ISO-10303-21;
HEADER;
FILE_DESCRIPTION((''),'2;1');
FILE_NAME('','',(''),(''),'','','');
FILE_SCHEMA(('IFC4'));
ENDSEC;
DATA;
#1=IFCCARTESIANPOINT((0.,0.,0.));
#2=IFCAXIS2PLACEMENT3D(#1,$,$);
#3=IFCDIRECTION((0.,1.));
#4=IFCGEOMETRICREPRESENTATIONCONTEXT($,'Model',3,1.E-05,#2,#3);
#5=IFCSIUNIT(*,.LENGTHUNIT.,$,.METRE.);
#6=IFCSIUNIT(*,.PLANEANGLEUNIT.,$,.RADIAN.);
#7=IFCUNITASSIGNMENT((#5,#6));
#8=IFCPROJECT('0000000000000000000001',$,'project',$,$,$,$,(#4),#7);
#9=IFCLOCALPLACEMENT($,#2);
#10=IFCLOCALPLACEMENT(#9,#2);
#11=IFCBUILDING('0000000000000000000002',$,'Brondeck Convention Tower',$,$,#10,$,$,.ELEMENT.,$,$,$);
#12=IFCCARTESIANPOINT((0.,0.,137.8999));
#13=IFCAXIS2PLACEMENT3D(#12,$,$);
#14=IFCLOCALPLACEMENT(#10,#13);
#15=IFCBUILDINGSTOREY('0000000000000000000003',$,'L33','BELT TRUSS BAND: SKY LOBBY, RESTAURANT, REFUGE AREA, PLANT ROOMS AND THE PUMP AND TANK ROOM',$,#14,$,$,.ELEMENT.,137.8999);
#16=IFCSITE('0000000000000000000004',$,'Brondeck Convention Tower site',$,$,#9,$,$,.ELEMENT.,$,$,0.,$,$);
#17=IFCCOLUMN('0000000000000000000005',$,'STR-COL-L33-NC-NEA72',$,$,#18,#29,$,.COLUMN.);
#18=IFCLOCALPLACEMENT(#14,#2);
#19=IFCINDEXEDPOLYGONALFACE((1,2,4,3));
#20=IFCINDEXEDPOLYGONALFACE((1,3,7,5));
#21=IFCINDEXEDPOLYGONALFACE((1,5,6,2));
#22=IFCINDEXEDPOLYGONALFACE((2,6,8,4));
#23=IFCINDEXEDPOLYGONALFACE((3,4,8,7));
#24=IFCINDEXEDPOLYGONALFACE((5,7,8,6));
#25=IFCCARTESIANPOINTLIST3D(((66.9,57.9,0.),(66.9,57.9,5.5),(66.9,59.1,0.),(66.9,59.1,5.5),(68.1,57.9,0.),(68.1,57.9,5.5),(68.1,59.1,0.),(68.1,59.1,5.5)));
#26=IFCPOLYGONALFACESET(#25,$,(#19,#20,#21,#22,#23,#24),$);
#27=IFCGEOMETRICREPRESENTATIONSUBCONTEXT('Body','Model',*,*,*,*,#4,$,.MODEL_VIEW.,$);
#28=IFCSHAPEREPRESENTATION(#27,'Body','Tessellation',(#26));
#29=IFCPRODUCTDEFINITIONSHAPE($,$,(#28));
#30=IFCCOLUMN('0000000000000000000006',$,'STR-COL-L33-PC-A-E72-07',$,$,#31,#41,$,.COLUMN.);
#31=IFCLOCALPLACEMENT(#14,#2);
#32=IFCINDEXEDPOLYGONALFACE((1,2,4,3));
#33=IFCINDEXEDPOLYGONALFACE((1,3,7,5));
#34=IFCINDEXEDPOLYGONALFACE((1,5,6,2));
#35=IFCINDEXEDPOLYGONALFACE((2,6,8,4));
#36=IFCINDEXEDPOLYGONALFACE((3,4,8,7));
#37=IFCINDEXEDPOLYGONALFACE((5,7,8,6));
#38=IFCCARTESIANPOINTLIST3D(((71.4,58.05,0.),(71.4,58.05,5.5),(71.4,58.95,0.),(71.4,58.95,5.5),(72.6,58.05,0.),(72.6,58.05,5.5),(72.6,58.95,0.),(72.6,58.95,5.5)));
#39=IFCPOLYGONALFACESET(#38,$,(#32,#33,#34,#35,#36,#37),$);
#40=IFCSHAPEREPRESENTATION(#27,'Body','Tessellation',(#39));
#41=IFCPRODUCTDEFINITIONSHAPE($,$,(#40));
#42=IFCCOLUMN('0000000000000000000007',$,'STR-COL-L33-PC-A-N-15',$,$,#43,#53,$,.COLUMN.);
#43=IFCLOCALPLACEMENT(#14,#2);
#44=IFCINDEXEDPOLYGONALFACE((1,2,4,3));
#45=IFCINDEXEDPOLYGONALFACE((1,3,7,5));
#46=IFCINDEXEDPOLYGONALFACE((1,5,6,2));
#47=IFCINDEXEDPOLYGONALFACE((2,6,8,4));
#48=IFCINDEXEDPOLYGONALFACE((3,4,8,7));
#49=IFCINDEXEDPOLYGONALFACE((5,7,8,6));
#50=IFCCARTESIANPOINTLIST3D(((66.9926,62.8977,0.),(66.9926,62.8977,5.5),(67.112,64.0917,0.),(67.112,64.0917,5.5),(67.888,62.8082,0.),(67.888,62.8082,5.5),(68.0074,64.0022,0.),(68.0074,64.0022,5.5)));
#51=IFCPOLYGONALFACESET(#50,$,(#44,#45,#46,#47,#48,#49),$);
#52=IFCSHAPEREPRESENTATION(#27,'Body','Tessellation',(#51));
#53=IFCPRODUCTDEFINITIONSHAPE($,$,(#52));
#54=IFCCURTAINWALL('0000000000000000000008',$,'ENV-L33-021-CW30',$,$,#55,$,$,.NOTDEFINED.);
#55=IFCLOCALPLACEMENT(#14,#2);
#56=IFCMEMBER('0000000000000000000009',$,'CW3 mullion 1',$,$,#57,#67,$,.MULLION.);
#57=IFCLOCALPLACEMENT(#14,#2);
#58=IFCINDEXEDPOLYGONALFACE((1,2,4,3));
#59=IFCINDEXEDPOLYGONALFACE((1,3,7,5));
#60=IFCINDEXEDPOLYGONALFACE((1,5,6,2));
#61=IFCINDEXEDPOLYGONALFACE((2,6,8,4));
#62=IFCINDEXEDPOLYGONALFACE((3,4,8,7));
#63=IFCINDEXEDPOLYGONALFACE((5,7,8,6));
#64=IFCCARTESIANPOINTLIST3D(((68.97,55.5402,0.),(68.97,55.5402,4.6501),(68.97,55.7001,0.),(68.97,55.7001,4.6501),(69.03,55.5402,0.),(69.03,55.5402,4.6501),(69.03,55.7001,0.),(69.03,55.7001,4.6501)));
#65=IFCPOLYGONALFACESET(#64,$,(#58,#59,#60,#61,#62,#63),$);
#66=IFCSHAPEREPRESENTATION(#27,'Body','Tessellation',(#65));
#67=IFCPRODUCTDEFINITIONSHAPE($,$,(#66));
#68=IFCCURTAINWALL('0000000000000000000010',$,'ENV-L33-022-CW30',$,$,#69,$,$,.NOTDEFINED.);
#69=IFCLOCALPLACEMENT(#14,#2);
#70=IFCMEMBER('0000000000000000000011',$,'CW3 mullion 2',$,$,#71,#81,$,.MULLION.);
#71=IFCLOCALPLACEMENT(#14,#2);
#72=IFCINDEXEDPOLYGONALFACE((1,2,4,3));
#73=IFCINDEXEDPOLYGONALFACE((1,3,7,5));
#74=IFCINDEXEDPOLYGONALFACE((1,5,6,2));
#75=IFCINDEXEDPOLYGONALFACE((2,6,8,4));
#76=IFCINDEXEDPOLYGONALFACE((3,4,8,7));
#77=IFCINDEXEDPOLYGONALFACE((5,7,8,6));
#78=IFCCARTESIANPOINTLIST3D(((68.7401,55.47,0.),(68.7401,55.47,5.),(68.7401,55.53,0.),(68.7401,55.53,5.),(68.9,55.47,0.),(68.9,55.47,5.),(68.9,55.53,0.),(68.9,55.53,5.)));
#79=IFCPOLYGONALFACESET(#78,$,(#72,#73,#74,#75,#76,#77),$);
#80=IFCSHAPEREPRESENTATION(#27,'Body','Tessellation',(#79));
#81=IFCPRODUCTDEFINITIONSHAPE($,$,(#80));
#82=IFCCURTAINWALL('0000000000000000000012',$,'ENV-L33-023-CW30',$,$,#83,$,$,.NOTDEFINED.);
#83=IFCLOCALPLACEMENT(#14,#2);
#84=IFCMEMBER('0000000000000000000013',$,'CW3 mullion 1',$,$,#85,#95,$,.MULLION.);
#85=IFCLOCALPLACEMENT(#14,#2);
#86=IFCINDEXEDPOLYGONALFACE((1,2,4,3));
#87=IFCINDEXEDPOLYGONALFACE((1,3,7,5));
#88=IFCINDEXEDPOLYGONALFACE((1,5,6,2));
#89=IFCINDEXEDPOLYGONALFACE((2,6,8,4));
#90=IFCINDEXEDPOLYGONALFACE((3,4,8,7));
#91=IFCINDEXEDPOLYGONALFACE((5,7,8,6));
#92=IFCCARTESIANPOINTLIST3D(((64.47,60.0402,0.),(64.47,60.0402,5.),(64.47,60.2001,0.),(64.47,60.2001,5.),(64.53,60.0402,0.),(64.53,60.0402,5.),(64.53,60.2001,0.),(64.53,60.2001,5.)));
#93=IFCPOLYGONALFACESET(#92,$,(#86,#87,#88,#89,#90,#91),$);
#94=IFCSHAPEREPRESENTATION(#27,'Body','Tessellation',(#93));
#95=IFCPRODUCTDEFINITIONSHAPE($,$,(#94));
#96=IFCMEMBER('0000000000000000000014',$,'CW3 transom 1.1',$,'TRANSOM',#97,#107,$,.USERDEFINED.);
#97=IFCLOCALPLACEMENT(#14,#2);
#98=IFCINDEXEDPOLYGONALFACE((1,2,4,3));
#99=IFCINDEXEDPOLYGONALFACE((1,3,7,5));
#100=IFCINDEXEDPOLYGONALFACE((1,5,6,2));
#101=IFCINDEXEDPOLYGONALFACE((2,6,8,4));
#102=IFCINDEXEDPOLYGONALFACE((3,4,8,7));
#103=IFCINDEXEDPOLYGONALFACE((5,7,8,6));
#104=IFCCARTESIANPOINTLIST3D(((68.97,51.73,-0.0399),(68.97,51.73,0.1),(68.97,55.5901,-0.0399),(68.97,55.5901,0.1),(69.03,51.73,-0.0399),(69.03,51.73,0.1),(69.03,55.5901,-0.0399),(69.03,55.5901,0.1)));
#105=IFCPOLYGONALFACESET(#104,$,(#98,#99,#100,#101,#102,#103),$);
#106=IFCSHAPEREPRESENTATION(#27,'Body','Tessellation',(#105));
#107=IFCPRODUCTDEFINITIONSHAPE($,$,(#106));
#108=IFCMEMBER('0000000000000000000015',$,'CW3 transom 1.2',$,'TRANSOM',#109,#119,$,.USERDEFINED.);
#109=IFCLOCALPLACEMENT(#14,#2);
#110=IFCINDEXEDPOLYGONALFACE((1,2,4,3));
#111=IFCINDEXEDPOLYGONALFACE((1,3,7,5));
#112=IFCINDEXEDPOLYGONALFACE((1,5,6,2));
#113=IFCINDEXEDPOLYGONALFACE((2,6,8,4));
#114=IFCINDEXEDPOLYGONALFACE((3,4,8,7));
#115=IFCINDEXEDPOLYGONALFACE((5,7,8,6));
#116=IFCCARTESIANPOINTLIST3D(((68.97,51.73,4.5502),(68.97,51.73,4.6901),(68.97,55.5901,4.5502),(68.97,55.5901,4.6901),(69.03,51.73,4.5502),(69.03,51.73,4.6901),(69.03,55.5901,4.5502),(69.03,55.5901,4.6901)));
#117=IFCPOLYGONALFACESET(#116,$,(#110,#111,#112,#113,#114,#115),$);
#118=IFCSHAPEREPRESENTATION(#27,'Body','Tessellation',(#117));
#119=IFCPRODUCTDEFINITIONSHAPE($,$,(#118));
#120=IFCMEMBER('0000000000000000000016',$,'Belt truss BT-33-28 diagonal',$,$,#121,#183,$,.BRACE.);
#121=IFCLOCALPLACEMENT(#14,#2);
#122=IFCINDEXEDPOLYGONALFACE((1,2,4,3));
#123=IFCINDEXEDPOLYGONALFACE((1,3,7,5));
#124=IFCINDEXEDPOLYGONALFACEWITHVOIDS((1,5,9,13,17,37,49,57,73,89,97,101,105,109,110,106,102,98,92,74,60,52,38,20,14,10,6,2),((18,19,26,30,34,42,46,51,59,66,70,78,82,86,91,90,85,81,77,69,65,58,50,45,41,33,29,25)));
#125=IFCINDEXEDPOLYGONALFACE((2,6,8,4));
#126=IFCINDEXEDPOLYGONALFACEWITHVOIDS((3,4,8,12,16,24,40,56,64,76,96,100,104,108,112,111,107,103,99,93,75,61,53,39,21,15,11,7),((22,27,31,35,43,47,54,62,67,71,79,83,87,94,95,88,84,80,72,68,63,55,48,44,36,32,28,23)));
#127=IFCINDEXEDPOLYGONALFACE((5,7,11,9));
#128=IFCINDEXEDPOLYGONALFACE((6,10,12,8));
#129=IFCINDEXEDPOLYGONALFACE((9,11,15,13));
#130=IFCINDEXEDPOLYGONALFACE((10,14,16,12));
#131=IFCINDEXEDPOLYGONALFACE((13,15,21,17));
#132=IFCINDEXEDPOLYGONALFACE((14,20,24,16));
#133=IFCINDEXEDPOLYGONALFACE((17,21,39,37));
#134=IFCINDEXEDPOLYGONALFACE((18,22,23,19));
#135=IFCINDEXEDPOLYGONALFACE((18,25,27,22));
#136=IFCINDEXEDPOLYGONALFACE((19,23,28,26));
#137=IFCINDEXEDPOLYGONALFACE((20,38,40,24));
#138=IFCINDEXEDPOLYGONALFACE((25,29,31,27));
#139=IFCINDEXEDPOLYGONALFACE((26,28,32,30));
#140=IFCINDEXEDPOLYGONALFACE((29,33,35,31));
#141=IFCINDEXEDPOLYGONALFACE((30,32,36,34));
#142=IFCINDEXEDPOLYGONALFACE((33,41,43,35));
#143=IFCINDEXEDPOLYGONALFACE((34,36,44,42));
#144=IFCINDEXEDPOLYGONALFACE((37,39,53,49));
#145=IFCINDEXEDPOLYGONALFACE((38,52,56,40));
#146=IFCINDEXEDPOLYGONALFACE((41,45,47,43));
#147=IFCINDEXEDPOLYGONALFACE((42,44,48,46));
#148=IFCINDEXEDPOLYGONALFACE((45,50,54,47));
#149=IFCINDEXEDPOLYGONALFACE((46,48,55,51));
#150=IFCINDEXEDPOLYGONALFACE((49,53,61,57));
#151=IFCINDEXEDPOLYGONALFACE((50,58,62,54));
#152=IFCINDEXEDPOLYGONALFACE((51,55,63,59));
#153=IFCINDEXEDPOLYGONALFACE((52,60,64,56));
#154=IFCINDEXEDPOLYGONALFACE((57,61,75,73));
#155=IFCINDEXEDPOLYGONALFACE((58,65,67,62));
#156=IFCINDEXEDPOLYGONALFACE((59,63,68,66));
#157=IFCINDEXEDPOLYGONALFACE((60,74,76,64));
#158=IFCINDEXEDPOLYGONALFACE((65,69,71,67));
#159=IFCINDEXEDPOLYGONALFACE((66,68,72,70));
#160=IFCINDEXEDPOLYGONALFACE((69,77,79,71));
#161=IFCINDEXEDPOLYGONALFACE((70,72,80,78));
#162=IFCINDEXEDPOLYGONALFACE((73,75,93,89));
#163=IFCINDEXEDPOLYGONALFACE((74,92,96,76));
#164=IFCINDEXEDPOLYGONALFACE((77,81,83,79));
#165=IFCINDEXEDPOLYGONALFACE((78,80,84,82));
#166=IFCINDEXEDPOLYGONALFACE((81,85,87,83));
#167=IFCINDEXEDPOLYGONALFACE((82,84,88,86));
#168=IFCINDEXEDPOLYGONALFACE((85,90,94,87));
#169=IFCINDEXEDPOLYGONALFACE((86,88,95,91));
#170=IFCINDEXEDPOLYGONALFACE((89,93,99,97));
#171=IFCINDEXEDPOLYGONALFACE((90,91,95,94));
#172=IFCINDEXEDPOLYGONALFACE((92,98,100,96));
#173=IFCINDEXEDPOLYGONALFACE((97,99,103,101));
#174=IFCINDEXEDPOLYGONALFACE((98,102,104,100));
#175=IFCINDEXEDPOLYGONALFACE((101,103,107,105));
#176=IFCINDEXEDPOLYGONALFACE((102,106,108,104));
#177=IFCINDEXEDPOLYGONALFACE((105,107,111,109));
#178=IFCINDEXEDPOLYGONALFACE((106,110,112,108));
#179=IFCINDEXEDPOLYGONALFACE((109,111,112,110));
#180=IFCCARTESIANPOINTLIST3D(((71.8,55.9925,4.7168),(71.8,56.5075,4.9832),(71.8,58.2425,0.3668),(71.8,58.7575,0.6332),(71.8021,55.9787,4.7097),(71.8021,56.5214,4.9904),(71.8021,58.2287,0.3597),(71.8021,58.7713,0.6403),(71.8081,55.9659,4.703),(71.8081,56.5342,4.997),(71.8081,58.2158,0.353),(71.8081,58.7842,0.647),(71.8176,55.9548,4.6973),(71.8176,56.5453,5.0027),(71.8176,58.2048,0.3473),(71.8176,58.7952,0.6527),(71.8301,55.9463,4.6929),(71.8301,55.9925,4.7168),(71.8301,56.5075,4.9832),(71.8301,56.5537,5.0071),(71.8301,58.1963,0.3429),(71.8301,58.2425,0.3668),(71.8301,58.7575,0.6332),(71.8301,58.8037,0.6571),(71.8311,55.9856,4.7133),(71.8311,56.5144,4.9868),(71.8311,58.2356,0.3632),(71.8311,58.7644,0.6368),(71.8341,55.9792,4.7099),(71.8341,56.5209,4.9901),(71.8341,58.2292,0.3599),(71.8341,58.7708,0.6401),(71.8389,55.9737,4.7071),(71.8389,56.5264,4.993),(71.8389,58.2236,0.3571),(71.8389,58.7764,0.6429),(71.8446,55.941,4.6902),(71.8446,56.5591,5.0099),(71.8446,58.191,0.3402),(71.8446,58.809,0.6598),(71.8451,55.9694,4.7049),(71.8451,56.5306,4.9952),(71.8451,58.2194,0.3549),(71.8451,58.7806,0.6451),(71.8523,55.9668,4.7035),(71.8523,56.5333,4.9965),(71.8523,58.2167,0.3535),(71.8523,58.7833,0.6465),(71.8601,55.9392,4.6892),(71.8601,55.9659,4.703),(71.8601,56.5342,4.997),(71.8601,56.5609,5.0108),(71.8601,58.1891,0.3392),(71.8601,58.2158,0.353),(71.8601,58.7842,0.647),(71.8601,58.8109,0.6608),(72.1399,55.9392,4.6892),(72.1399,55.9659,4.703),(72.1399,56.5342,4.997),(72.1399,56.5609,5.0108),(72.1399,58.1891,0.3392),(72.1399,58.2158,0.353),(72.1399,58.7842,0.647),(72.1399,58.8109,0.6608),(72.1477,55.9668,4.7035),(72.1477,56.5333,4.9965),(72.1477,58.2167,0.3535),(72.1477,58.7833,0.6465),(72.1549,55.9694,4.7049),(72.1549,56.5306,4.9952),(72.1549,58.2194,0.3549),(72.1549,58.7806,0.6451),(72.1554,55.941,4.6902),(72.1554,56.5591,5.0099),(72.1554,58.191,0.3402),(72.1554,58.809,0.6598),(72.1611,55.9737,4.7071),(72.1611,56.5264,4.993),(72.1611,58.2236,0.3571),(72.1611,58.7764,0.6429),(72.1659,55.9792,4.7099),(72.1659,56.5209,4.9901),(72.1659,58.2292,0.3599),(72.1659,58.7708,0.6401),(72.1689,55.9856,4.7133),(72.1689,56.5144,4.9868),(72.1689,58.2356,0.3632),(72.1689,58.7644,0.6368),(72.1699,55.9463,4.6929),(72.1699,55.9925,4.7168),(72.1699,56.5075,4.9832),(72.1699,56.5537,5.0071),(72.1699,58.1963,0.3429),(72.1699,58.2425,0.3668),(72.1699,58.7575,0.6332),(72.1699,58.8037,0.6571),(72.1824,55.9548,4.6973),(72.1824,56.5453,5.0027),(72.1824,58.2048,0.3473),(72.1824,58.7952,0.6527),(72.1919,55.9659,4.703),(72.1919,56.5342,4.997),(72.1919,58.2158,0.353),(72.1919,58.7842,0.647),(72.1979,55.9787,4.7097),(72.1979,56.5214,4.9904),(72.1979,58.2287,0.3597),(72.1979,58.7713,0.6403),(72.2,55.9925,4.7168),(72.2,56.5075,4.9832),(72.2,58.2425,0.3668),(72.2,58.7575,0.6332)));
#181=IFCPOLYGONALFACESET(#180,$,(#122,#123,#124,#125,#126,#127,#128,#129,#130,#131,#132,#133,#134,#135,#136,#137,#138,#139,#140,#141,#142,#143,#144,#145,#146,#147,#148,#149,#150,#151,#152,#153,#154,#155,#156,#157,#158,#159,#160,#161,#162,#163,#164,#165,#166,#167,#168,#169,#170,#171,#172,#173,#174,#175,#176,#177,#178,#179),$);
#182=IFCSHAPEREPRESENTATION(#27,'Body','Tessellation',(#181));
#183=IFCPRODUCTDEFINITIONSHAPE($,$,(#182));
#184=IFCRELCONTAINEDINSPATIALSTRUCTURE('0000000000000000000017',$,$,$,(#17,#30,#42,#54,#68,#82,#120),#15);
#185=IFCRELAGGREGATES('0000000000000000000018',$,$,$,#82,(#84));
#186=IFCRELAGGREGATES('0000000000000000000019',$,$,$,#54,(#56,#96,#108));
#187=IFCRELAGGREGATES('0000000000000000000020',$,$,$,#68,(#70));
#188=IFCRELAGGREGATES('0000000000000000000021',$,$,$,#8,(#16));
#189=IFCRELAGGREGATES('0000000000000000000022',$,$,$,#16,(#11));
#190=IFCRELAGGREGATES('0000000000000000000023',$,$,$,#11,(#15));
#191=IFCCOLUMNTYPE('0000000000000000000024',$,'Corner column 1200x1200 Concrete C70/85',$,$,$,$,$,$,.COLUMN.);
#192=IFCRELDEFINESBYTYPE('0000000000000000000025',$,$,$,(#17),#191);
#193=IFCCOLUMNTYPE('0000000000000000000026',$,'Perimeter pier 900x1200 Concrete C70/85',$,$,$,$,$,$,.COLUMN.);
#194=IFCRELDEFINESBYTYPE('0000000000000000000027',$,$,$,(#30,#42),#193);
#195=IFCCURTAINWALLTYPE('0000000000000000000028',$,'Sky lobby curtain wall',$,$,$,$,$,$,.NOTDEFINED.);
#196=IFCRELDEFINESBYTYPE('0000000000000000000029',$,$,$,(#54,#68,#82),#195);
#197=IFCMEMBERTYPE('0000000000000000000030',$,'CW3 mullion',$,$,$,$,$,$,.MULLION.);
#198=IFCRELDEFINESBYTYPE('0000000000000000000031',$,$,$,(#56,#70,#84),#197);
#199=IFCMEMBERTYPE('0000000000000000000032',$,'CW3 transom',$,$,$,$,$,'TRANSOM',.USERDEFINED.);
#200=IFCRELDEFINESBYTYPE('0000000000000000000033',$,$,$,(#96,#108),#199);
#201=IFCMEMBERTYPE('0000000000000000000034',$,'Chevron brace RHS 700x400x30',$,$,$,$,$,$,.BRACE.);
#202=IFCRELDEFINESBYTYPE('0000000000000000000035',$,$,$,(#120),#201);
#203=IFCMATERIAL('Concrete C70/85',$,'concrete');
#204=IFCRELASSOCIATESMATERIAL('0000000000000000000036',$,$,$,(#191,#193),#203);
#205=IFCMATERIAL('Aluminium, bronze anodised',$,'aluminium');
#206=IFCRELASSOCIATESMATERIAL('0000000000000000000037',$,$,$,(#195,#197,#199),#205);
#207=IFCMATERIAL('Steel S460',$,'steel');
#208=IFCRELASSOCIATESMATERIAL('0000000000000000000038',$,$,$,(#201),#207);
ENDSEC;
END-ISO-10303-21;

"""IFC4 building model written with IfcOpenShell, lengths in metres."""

from ifc_helpers import new_model, si_unit, direction, frame, origin, origin_2d, place, context, subcontext, project, spatial, rectangle, hollow_rectangle, extrude, material, material_profile, profile_set, type_object, element, aggregate, save


model = new_model("IFC4")

# Units and contexts
model_context = context("Model", 3, precision=1e-05, world=origin(), true_north=direction((0.0, 1.0)))
body_context = subcontext(model_context, "Body", "Model", "MODEL_VIEW")
ifc_project = project(units=[si_unit("LENGTHUNIT", "METRE"), si_unit("PLANEANGLEUNIT", "RADIAN")], contexts=[model_context])

# Site, building, storey
site_placement = place(None, origin())
site = spatial("IfcSite", under=ifc_project, at=site_placement, Name="Brondeck Convention Tower site", CompositionType="ELEMENT", RefElevation=0.0)
building_placement = place(site_placement, origin())
building = spatial("IfcBuilding", under=site, at=building_placement, Name="Brondeck Convention Tower", CompositionType="ELEMENT")
storey_placement = place(building_placement, frame((0.0, 0.0, 137.8999)))
storey = spatial("IfcBuildingStorey", under=building, at=storey_placement, Name="L33", Description="BELT TRUSS BAND: SKY LOBBY, RESTAURANT, REFUGE AREA, PLANT ROOMS AND THE PUMP AND TANK ROOM", CompositionType="ELEMENT", Elevation=137.8999)

# Columns
ifc_material_1 = material(Name="Concrete C70/85", Category="concrete")
ifc_material_profile_1 = material_profile(ifc_material_1, rectangle(XDim=1.2, YDim=1.2, at=origin_2d()), Name="Corner column 1200x1200 Concrete C70/85")
ifc_profile_set_1 = profile_set([ifc_material_profile_1], Name="Concrete C70/85")
column_type_1 = type_object("IfcColumnType", Name="Corner column 1200x1200 Concrete C70/85", PredefinedType="COLUMN", material=ifc_profile_set_1)
column_placement = place(storey_placement, frame((67.5, 58.5, 0.0), z_axis=(0.0, 0.0, 1.0), x_axis=(1.0, 0.0, 0.0)))
element("IfcColumn", 1, at=column_placement, inside=storey, type_object=column_type_1, Name="STR-COL-L33-NC-NEA72", PredefinedType="COLUMN", context=body_context, shape_type="SweptSolid", body=[
    extrude(rectangle(XDim=1.2, YDim=1.2, at=origin_2d()), origin(), (0.0, 0.0, 1.0), 5.5),
])
ifc_material_profile_2 = material_profile(ifc_material_1, rectangle(XDim=0.8999, YDim=1.2, at=origin_2d()), Name="Perimeter pier 900x1200 Concrete C70/85")
ifc_profile_set_2 = profile_set([ifc_material_profile_2], Name="Concrete C70/85")
column_type_2 = type_object("IfcColumnType", Name="Perimeter pier 900x1200 Concrete C70/85", PredefinedType="COLUMN", material=ifc_profile_set_2)
for number, where, z_axis, x_axis, name in (
    (2, (72.0, 58.5, 0.0), (0.0, 0.0, 1.0), (0.0, 1.0, 0.0), "STR-COL-L33-PC-A-E72-07"),
    (3, (67.5, 63.45, 0.0), (0.0, 0.0, 1.0), (-0.995037, 0.099504, 0.0), "STR-COL-L33-PC-A-N-15"),
):
    element("IfcColumn", number, at=place(storey_placement, frame(where, z_axis=z_axis, x_axis=x_axis)), inside=storey, type_object=column_type_2, Name=name, PredefinedType="COLUMN", context=body_context, shape_type="SweptSolid", body=[
        extrude(rectangle(XDim=0.8999, YDim=1.2, at=origin_2d()), origin(), (0.0, 0.0, 1.0), 5.5),
    ])

# Curtain walls, members
ifc_material_2 = material(Name="Aluminium, bronze anodised", Category="aluminium")
curtain_wall_type = type_object("IfcCurtainWallType", Name="Sky lobby curtain wall", PredefinedType="NOTDEFINED", material=ifc_material_2)
curtain_wall_1_placement = place(storey_placement, origin())
curtain_wall_1 = element("IfcCurtainWall", 4, at=curtain_wall_1_placement, inside=storey, type_object=curtain_wall_type, Name="ENV-L33-021-CW30", PredefinedType="NOTDEFINED")
ifc_material_profile_3 = material_profile(ifc_material_2, rectangle(XDim=0.0601, YDim=0.1599, at=origin_2d()), Name="CW3 mullion")
ifc_profile_set_3 = profile_set([ifc_material_profile_3], Name="Aluminium, bronze anodised")
member_type_1 = type_object("IfcMemberType", Name="CW3 mullion", PredefinedType="MULLION", material=ifc_profile_set_3)
member_1_placement = place(storey_placement, frame((69.0, 55.6201, 0.0), z_axis=(0.0, 0.0, 1.0), x_axis=(1.0, 0.0, 0.0)))
member_1 = element("IfcMember", 5, at=member_1_placement, type_object=member_type_1, Name="CW3 mullion 1", PredefinedType="MULLION", context=body_context, shape_type="SweptSolid", body=[
    extrude(rectangle(XDim=0.0601, YDim=0.1599, at=origin_2d()), origin(), (0.0, 0.0, 1.0), 4.6501),
])
curtain_wall_2_placement = place(storey_placement, origin())
curtain_wall_2 = element("IfcCurtainWall", 6, at=curtain_wall_2_placement, inside=storey, type_object=curtain_wall_type, Name="ENV-L33-022-CW30", PredefinedType="NOTDEFINED")
member_2_placement = place(storey_placement, frame((68.8201, 55.5, 0.0), z_axis=(0.0, 0.0, 1.0), x_axis=(0.0, 1.0, 0.0)))
member_2 = element("IfcMember", 7, at=member_2_placement, type_object=member_type_1, Name="CW3 mullion 2", PredefinedType="MULLION", context=body_context, shape_type="SweptSolid", body=[
    extrude(rectangle(XDim=0.0601, YDim=0.1599, at=origin_2d()), origin(), (0.0, 0.0, 1.0), 5.0),
])
curtain_wall_3_placement = place(storey_placement, origin())
curtain_wall_3 = element("IfcCurtainWall", 8, at=curtain_wall_3_placement, inside=storey, type_object=curtain_wall_type, Name="ENV-L33-023-CW30", PredefinedType="NOTDEFINED")
member_3_placement = place(storey_placement, frame((64.5, 60.1201, 0.0), z_axis=(0.0, 0.0, 1.0), x_axis=(1.0, 0.0, 0.0)))
member_3 = element("IfcMember", 9, at=member_3_placement, type_object=member_type_1, Name="CW3 mullion 1", PredefinedType="MULLION", context=body_context, shape_type="SweptSolid", body=[
    extrude(rectangle(XDim=0.0601, YDim=0.1599, at=origin_2d()), origin(), (0.0, 0.0, 1.0), 5.0),
])
aggregate(curtain_wall_3, [member_3])

# Members
ifc_material_profile_4 = material_profile(ifc_material_2, rectangle(XDim=0.0601, YDim=0.1399, at=origin_2d()), Name="CW3 transom")
ifc_profile_set_4 = profile_set([ifc_material_profile_4], Name="Aluminium, bronze anodised")
member_type_2 = type_object("IfcMemberType", Name="CW3 transom", ElementType="TRANSOM", PredefinedType="USERDEFINED", material=ifc_profile_set_4)
member_4_placement = place(storey_placement, frame((69.0, 55.5901, 0.03), z_axis=(0.0, -1.0, 0.0), x_axis=(1.0, 0.0, 0.0)))
member_4 = element("IfcMember", 10, at=member_4_placement, type_object=member_type_2, Name="CW3 transom 1.1", ObjectType="TRANSOM", PredefinedType="USERDEFINED", context=body_context, shape_type="SweptSolid", body=[
    extrude(rectangle(XDim=0.0601, YDim=0.1399, at=origin_2d()), origin(), (0.0, 0.0, 1.0), 3.8601),
])
member_5_placement = place(storey_placement, frame((69.0, 55.5901, 4.6201), z_axis=(0.0, -1.0, 0.0), x_axis=(1.0, 0.0, 0.0)))
member_5 = element("IfcMember", 11, at=member_5_placement, type_object=member_type_2, Name="CW3 transom 1.2", ObjectType="TRANSOM", PredefinedType="USERDEFINED", context=body_context, shape_type="SweptSolid", body=[
    extrude(rectangle(XDim=0.0601, YDim=0.1399, at=origin_2d()), origin(), (0.0, 0.0, 1.0), 3.8601),
])
aggregate(curtain_wall_1, [member_1, member_4, member_5])

# Member
ifc_material_3 = material(Name="Steel S460", Category="steel")
ifc_material_profile_5 = material_profile(ifc_material_3, hollow_rectangle(XDim=0.3999, YDim=0.7, WallThickness=0.03, InnerFilletRadius=0.03, OuterFilletRadius=0.0601, at=origin_2d()), Name="RHS 700x400x30")
ifc_profile_set_5 = profile_set([ifc_material_profile_5], Name="Steel S460")
member_type_3 = type_object("IfcMemberType", Name="Chevron brace RHS 700x400x30", PredefinedType="BRACE", material=ifc_profile_set_5)
for number, where, z_axis, x_axis, name in (
    (12, (72.0, 58.5, 0.5), (0.0, -0.459415, 0.888222), (1.0, 0.0, 0.0), "Belt truss BT-33-28 diagonal"),
):
    element("IfcMember", number, at=place(storey_placement, frame(where, z_axis=z_axis, x_axis=x_axis)), inside=storey, type_object=member_type_3, Name=name, PredefinedType="BRACE", context=body_context, shape_type="SweptSolid", body=[
        extrude(hollow_rectangle(XDim=0.3999, YDim=0.7, WallThickness=0.03, InnerFilletRadius=0.03, OuterFilletRadius=0.0601, at=origin_2d()), origin(), (0.0, 0.0, 1.0), 4.8975),
    ])

aggregate(curtain_wall_2, [member_2])

save(model, "model.ifc")
